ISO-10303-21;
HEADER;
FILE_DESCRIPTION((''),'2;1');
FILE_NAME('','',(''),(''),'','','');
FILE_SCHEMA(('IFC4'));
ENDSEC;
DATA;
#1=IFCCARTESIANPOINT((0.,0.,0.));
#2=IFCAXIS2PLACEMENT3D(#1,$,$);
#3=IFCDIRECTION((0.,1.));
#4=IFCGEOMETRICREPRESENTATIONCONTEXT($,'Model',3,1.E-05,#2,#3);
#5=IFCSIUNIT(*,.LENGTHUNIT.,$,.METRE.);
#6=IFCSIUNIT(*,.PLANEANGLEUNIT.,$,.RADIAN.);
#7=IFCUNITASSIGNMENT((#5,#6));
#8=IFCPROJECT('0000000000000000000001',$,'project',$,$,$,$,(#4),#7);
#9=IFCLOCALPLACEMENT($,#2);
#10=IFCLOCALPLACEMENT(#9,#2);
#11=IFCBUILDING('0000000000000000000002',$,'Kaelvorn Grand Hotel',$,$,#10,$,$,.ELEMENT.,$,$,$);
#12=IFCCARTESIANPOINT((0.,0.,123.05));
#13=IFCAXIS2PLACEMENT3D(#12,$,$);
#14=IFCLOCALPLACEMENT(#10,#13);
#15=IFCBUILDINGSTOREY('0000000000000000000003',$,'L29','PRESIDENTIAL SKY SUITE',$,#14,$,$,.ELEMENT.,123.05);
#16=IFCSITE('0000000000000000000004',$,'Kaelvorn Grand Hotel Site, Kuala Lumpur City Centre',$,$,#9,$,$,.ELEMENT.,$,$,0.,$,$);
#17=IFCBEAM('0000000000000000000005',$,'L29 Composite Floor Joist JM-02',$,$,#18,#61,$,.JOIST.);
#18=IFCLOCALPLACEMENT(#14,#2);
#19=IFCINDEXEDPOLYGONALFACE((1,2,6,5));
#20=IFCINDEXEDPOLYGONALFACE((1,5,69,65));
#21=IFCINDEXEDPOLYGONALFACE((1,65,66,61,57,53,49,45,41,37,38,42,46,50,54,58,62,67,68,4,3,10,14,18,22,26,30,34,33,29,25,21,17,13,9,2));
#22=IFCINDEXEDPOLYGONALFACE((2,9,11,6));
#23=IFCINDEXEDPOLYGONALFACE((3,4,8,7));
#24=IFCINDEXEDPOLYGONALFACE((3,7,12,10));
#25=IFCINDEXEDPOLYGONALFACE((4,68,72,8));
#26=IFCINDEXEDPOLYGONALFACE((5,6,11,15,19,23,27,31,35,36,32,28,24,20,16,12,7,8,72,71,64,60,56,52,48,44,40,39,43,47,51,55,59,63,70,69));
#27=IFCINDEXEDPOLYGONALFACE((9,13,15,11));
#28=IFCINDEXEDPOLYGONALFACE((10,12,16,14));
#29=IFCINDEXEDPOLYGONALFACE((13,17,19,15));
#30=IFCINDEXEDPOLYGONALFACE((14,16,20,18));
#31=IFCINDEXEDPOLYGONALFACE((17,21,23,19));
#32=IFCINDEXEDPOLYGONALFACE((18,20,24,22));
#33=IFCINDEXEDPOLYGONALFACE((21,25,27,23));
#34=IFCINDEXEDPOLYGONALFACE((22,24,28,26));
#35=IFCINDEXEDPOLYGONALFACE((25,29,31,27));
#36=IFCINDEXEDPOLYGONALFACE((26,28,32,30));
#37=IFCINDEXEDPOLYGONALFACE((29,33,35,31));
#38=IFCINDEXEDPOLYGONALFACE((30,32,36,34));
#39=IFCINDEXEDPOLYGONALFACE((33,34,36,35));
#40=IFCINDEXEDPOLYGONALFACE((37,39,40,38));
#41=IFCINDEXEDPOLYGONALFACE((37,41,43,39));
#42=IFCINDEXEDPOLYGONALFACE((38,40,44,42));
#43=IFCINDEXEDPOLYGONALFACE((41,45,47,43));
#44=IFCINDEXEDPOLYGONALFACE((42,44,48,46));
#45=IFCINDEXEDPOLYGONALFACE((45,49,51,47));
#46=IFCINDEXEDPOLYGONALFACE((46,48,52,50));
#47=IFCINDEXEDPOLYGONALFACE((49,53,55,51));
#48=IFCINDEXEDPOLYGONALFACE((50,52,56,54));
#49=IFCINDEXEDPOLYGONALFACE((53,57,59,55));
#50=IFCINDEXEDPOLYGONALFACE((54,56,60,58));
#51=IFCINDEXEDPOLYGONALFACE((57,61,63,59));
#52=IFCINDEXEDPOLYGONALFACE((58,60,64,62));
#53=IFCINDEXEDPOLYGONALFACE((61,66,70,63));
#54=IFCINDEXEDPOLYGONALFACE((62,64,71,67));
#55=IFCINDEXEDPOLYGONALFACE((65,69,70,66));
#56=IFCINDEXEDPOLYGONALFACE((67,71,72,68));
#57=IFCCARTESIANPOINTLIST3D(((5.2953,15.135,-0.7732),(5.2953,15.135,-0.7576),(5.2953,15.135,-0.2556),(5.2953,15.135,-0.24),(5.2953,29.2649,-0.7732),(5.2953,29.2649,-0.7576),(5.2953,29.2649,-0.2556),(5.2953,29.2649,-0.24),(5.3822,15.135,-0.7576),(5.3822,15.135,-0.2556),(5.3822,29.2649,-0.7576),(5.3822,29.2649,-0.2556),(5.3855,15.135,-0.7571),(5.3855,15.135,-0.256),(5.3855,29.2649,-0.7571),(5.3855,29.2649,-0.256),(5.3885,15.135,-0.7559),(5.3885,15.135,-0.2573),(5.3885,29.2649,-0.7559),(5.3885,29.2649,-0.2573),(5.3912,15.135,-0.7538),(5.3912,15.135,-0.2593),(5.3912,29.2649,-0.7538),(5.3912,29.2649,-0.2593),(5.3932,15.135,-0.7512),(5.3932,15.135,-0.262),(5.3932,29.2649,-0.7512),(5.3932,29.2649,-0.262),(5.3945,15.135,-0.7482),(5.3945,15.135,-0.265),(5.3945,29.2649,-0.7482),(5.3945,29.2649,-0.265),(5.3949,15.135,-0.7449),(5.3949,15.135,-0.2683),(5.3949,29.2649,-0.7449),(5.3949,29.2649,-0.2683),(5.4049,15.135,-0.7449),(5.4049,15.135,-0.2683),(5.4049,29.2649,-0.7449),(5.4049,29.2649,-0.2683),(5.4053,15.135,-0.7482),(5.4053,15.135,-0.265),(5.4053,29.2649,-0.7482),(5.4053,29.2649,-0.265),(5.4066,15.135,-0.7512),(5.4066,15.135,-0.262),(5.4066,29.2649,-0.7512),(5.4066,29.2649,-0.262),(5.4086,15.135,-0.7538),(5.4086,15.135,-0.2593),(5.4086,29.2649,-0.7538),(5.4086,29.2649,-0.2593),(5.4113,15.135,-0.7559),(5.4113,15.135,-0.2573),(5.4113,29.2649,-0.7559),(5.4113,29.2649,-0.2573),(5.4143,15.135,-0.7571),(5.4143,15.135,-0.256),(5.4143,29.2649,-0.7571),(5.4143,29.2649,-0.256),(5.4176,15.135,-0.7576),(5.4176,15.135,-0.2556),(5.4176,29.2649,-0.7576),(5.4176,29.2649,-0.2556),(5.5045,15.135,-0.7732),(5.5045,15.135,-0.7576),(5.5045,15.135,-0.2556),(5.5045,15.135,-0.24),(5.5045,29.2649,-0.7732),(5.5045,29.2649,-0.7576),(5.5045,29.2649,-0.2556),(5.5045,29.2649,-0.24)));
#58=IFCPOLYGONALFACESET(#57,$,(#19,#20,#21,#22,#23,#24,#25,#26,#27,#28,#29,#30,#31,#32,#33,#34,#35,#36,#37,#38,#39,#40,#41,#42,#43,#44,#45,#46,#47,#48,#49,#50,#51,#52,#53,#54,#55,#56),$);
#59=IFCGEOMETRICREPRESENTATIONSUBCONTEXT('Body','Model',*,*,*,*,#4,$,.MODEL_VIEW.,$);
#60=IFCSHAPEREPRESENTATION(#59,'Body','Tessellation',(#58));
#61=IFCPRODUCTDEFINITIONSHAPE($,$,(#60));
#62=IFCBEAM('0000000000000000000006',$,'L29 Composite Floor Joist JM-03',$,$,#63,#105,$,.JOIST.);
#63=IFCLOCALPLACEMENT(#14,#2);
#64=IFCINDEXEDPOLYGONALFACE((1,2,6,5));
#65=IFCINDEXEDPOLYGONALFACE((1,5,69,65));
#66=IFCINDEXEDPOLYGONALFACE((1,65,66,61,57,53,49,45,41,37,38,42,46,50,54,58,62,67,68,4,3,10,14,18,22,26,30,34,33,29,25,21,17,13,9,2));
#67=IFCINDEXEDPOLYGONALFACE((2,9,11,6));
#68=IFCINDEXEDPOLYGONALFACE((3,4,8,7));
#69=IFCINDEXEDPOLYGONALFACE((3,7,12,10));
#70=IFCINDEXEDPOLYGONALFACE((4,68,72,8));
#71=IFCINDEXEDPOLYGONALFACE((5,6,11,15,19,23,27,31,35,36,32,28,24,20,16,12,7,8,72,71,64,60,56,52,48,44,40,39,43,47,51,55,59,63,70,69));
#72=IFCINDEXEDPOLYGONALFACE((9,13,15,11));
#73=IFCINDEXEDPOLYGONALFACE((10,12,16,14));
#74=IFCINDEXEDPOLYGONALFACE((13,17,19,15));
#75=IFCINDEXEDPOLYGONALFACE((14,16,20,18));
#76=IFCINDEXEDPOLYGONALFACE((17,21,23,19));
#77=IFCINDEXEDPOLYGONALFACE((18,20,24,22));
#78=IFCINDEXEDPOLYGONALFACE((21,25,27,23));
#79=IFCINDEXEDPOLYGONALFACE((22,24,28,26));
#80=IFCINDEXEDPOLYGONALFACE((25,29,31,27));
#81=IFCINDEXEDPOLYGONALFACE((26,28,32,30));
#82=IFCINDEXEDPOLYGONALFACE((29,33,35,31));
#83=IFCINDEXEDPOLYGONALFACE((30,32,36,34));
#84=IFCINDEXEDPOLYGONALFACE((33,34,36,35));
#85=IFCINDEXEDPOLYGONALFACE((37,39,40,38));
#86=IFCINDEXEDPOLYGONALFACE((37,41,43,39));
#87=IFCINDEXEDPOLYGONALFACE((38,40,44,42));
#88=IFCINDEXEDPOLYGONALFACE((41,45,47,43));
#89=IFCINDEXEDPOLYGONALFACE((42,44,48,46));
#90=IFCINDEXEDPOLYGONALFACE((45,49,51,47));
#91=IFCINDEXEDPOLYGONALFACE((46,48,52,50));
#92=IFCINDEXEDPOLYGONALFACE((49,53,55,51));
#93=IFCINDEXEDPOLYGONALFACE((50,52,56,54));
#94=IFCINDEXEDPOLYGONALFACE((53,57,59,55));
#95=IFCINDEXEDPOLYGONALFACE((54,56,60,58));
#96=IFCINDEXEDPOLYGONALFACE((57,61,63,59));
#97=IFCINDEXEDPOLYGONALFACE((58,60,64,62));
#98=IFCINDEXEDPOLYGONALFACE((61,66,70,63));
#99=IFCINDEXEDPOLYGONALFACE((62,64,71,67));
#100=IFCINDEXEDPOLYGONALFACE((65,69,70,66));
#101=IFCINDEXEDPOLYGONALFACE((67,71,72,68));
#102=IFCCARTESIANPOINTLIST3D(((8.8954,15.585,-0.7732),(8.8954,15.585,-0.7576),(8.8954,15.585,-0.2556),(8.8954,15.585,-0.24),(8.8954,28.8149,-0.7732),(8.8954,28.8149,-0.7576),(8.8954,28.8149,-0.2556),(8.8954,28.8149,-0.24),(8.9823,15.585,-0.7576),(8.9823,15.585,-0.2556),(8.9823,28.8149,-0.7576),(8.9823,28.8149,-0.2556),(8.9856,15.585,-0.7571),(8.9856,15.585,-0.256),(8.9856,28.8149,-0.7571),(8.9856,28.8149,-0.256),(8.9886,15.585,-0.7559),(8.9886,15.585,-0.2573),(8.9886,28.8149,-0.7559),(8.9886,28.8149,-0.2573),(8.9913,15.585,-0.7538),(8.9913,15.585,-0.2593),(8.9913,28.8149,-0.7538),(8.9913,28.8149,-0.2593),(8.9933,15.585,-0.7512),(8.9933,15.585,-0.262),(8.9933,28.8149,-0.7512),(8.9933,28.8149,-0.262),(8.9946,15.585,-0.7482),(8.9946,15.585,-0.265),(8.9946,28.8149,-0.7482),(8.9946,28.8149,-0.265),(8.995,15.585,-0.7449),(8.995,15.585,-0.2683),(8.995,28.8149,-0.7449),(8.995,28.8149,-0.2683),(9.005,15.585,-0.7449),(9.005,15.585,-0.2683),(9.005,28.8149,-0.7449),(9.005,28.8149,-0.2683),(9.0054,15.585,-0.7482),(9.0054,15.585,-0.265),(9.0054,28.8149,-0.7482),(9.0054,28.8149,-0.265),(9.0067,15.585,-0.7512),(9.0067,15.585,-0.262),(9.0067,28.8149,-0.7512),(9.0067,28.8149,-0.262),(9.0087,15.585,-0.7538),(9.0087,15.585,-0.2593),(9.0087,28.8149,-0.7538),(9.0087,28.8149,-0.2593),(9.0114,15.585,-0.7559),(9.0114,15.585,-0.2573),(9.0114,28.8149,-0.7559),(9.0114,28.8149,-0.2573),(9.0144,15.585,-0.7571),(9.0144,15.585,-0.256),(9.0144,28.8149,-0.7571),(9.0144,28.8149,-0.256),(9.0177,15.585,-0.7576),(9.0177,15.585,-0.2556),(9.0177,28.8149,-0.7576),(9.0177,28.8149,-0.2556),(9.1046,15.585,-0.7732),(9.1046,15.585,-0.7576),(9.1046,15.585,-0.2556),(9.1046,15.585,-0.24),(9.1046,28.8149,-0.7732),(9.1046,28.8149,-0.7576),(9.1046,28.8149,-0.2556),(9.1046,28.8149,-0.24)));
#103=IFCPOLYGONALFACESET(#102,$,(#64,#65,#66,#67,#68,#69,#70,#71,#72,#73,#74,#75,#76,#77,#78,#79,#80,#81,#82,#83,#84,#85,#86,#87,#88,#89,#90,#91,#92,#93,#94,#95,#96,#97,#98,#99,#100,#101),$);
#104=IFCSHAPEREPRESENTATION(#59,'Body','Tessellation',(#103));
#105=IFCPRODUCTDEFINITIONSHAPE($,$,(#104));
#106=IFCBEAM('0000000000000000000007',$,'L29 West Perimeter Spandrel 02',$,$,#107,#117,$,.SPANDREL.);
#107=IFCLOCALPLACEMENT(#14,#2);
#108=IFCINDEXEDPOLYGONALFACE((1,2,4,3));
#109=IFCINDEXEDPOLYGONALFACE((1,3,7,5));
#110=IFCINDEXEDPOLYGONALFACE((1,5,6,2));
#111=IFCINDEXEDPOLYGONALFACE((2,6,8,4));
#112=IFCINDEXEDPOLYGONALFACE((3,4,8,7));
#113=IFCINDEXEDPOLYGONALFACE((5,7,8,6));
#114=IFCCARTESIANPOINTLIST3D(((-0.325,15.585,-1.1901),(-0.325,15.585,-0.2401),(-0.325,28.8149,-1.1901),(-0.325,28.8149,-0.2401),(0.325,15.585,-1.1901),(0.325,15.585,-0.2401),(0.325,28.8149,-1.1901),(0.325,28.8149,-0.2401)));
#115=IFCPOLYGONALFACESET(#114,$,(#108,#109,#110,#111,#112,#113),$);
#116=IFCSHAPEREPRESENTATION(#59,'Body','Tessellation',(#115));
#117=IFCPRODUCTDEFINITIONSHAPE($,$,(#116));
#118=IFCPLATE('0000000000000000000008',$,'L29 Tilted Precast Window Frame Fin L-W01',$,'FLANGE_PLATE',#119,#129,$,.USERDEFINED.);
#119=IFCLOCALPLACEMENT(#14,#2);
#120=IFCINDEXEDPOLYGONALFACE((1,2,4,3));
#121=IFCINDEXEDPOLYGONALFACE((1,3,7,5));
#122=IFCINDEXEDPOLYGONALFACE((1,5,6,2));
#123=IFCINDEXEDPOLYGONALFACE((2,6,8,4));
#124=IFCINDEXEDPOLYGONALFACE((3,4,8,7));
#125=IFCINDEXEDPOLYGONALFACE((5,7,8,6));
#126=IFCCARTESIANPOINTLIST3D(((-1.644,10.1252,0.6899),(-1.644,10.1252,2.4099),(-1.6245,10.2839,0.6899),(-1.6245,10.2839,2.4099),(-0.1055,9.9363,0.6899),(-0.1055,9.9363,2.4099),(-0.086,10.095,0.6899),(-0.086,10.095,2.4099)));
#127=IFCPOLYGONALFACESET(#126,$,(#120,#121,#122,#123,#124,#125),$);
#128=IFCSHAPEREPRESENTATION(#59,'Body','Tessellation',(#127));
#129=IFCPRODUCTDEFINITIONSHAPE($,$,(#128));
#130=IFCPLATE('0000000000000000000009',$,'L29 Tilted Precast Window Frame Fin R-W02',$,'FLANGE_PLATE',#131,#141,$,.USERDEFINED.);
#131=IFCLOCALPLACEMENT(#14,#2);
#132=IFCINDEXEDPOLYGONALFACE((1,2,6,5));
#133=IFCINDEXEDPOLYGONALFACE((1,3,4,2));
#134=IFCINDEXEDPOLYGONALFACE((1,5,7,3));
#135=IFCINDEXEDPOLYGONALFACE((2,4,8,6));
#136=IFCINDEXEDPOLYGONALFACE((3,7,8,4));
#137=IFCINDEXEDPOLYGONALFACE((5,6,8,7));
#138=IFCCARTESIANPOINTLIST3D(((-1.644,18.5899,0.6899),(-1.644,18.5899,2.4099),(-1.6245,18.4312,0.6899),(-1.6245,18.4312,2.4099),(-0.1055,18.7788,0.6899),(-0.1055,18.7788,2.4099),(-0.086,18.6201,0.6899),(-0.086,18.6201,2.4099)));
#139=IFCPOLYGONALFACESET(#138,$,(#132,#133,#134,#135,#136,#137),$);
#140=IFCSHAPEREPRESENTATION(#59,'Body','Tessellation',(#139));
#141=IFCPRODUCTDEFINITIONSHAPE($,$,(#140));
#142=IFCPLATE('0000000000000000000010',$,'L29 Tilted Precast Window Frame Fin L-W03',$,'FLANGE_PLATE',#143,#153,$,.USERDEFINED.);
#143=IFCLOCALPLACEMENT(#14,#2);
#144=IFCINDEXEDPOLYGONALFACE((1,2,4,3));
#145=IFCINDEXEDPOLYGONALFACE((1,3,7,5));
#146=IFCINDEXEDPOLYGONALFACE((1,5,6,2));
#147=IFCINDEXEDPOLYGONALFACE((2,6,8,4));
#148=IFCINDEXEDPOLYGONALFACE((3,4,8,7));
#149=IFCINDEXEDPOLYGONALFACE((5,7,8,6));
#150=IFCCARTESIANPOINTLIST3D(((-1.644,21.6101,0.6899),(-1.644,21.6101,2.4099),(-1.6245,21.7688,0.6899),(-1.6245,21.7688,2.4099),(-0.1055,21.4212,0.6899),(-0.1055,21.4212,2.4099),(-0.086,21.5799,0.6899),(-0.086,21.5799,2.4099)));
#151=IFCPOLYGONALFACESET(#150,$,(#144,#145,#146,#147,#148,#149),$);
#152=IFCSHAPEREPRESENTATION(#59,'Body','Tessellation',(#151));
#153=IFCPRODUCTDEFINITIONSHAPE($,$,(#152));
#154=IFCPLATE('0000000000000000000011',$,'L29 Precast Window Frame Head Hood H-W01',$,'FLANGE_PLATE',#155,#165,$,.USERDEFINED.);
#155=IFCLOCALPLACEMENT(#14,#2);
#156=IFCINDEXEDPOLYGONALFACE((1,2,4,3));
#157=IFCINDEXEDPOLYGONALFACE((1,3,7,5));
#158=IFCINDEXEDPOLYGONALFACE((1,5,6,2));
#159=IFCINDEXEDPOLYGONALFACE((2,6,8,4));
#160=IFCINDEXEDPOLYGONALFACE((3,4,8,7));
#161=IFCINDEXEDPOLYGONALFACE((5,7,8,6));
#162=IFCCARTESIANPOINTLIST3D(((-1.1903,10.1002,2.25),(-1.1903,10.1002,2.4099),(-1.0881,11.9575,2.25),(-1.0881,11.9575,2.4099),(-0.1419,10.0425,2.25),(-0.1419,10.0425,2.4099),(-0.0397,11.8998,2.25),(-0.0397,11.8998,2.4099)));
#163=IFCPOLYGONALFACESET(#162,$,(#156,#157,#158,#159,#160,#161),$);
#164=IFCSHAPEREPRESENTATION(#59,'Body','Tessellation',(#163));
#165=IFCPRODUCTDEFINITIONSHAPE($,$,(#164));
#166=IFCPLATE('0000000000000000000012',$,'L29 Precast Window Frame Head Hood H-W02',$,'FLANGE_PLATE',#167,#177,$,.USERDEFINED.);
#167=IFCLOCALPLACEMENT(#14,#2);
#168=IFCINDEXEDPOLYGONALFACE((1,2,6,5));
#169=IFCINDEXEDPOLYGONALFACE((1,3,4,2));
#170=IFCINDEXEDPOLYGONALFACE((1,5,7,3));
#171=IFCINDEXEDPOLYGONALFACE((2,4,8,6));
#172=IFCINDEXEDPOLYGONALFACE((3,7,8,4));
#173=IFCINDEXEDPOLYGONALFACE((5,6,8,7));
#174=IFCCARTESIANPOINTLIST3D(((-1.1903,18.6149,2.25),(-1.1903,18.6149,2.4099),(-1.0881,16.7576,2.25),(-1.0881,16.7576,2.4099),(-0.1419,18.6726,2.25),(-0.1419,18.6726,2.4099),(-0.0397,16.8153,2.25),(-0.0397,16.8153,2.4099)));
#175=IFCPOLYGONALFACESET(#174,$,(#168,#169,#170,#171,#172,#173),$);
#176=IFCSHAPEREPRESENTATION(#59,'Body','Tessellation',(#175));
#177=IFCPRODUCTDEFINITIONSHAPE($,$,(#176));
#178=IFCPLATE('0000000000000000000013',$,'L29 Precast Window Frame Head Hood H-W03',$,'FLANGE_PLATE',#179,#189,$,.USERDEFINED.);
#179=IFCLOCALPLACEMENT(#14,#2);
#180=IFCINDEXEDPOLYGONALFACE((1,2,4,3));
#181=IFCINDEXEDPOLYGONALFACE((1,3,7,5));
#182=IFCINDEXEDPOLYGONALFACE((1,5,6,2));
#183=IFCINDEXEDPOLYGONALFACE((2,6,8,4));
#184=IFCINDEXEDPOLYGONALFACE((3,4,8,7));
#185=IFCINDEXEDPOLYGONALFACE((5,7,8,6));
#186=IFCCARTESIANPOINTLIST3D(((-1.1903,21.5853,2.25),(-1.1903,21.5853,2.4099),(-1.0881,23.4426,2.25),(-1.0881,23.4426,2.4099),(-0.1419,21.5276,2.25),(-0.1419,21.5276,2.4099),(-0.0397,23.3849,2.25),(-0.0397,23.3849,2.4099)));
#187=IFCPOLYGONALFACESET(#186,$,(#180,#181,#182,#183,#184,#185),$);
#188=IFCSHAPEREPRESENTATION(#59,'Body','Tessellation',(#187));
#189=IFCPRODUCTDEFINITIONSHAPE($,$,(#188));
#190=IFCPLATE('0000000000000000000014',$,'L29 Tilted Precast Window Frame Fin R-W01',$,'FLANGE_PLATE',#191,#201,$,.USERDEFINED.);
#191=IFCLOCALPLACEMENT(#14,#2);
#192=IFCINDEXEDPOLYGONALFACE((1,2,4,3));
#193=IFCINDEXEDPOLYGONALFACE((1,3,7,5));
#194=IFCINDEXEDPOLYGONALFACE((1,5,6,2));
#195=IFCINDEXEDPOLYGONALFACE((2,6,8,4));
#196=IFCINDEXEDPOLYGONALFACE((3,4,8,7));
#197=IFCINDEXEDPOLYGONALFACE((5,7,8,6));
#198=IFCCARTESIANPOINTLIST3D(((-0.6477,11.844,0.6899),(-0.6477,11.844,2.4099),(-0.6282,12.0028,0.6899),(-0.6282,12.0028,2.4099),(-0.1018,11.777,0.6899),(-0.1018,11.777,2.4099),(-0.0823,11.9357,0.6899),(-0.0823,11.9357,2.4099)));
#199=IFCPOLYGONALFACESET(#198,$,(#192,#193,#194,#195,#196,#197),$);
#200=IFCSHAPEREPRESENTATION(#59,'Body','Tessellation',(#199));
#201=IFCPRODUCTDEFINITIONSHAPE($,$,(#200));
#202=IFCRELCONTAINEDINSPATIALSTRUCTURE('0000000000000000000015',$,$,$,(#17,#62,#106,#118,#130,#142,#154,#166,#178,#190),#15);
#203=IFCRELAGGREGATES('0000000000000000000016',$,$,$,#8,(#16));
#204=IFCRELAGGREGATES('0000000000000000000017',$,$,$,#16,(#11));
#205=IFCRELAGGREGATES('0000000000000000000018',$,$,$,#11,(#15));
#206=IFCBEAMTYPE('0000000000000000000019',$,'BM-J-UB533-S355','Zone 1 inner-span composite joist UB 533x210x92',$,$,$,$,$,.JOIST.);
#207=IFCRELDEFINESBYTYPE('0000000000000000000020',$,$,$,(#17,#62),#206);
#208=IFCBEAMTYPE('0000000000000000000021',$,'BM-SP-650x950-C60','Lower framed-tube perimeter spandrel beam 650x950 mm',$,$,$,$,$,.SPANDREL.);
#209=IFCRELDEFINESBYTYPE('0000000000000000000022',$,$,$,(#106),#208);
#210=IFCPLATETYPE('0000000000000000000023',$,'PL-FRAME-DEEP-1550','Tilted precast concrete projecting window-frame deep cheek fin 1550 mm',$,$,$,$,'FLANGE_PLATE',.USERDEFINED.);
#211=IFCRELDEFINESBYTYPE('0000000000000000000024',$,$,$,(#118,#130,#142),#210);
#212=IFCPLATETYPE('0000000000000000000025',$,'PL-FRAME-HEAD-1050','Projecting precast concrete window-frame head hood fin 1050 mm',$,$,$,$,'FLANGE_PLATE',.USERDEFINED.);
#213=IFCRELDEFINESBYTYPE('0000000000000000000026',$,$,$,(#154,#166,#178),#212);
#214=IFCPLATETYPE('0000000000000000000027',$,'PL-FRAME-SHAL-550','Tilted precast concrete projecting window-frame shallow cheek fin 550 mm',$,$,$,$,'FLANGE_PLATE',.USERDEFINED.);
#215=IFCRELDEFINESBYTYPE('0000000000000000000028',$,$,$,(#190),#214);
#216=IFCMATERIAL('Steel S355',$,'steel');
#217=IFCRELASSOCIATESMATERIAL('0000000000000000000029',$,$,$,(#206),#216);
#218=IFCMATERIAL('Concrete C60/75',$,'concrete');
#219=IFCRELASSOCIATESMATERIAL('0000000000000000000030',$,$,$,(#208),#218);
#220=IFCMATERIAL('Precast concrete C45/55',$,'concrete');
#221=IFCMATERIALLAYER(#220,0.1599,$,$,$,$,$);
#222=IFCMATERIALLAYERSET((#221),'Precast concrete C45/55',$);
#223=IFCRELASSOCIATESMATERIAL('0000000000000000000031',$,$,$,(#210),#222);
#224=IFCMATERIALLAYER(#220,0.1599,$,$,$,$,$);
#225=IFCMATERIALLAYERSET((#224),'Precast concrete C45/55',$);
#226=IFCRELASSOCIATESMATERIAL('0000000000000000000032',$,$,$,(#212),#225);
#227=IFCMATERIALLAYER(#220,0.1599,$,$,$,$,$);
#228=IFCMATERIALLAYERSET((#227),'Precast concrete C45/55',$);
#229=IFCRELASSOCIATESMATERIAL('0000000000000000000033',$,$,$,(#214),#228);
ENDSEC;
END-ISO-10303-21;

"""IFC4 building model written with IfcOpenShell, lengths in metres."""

from ifc_helpers import new_model, si_unit, direction, frame, origin, origin_2d, place, context, subcontext, project, spatial, rectangle, i_section, extrude, material, layer, layer_set, material_profile, profile_set, type_object, element, save


model = new_model("IFC4")

# Units and contexts
model_context = context("Model", 3, precision=1e-05, world=origin(), true_north=direction((0.0, 1.0)))
body_context = subcontext(model_context, "Body", "Model", "MODEL_VIEW")
ifc_project = project(units=[si_unit("LENGTHUNIT", "METRE"), si_unit("PLANEANGLEUNIT", "RADIAN")], contexts=[model_context])

# Site, building, storey
site_placement = place(None, origin())
site = spatial("IfcSite", under=ifc_project, at=site_placement, Name="Kaelvorn Grand Hotel Site, Kuala Lumpur City Centre", CompositionType="ELEMENT", RefElevation=0.0)
building_placement = place(site_placement, origin())
building = spatial("IfcBuilding", under=site, at=building_placement, Name="Kaelvorn Grand Hotel", CompositionType="ELEMENT")
storey_placement = place(building_placement, frame((0.0, 0.0, 123.05)))
storey = spatial("IfcBuildingStorey", under=building, at=storey_placement, Name="L29", Description="PRESIDENTIAL SKY SUITE", CompositionType="ELEMENT", Elevation=123.05)

# Shared definitions
ifc_material_1 = material(Name="Concrete C60/75", Category="concrete")

# Beams
ifc_material_2 = material(Name="Steel S355", Category="steel")
ifc_material_profile_1 = material_profile(ifc_material_2, i_section(OverallWidth=0.2092, OverallDepth=0.5332, WebThickness=0.01, FlangeThickness=0.0156, FilletRadius=0.0127, at=origin_2d()), Name="UB 533x210x92")
ifc_profile_set_1 = profile_set([ifc_material_profile_1], Name="Steel S355")
beam_type_1 = type_object("IfcBeamType", Name="BM-J-UB533-S355", Description="Zone 1 inner-span composite joist UB 533x210x92", PredefinedType="JOIST", material=ifc_profile_set_1)
beam_1_placement = place(storey_placement, frame((5.3999, 15.135, -0.5066), z_axis=(0.0, 1.0, 0.0), x_axis=(-1.0, 0.0, 0.0)))
element("IfcBeam", 1, at=beam_1_placement, inside=storey, type_object=beam_type_1, Name="L29 Composite Floor Joist JM-02", PredefinedType="JOIST", context=body_context, shape_type="SweptSolid", body=[
    extrude(i_section(OverallWidth=0.2092, OverallDepth=0.5332, WebThickness=0.01, FlangeThickness=0.0156, FilletRadius=0.0127, at=origin_2d()), origin(), (0.0, 0.0, 1.0), 14.1299),
])
beam_2_placement = place(storey_placement, frame((9.0, 15.585, -0.5066), z_axis=(0.0, 1.0, 0.0), x_axis=(-1.0, 0.0, 0.0)))
element("IfcBeam", 2, at=beam_2_placement, inside=storey, type_object=beam_type_1, Name="L29 Composite Floor Joist JM-03", PredefinedType="JOIST", context=body_context, shape_type="SweptSolid", body=[
    extrude(i_section(OverallWidth=0.2092, OverallDepth=0.5332, WebThickness=0.01, FlangeThickness=0.0156, FilletRadius=0.0127, at=origin_2d()), origin(), (0.0, 0.0, 1.0), 13.23),
])
ifc_material_profile_2 = material_profile(ifc_material_1, rectangle(XDim=0.6499, YDim=0.95, at=origin_2d()), Name="RC SPANDREL 650x950")
ifc_profile_set_2 = profile_set([ifc_material_profile_2], Name="Concrete C60/75")
beam_type_2 = type_object("IfcBeamType", Name="BM-SP-650x950-C60", Description="Lower framed-tube perimeter spandrel beam 650x950 mm", PredefinedType="SPANDREL", material=ifc_profile_set_2)
beam_3_placement = place(storey_placement, frame((0.0, 15.585, -0.7151), z_axis=(0.0, 1.0, 0.0), x_axis=(-1.0, 0.0, 0.0)))
element("IfcBeam", 3, at=beam_3_placement, inside=storey, type_object=beam_type_2, Name="L29 West Perimeter Spandrel 02", PredefinedType="SPANDREL", context=body_context, shape_type="SweptSolid", body=[
    extrude(rectangle(XDim=0.6499, YDim=0.95, at=origin_2d()), origin(), (0.0, 0.0, 1.0), 13.23),
])

# Plates
ifc_material_3 = material(Name="Precast concrete C45/55", Category="concrete")
ifc_layer_1 = layer(ifc_material_3, 0.1599)
ifc_layer_set_1 = layer_set([ifc_layer_1], Name="Precast concrete C45/55")
plate_type_1 = type_object("IfcPlateType", Name="PL-FRAME-DEEP-1550", Description="Tilted precast concrete projecting window-frame deep cheek fin 1550 mm", ElementType="FLANGE_PLATE", PredefinedType="USERDEFINED", material=ifc_layer_set_1)
for number, where, z_axis, x_axis, name in (
    (4, (-0.865, 10.1101, 0.6899), (0.0, 0.0, 1.0), (0.121869, 0.992546, 0.0), "L29 Tilted Precast Window Frame Fin L-W01"),
    (5, (-0.865, 18.605, 0.6899), (0.0, 0.0, 1.0), (-0.121869, 0.992546, 0.0), "L29 Tilted Precast Window Frame Fin R-W02"),
    (6, (-0.865, 21.595, 0.6899), (0.0, 0.0, 1.0), (0.121869, 0.992546, 0.0), "L29 Tilted Precast Window Frame Fin L-W03"),
):
    element("IfcPlate", number, at=place(storey_placement, frame(where, z_axis=z_axis, x_axis=x_axis)), inside=storey, type_object=plate_type_1, Name=name, ObjectType="FLANGE_PLATE", PredefinedType="USERDEFINED", context=body_context, shape_type="SweptSolid", body=[
        extrude(rectangle(XDim=0.1599, YDim=1.55, at=origin_2d()), origin(), (0.0, 0.0, 1.0), 1.72),
    ])
ifc_layer_2 = layer(ifc_material_3, 0.1599)
ifc_layer_set_2 = layer_set([ifc_layer_2], Name="Precast concrete C45/55")
plate_type_2 = type_object("IfcPlateType", Name="PL-FRAME-HEAD-1050", Description="Projecting precast concrete window-frame head hood fin 1050 mm", ElementType="FLANGE_PLATE", PredefinedType="USERDEFINED", material=ifc_layer_set_2)
for number, where, z_axis, x_axis, name in (
    (7, (-0.615, 11.0, 2.25), (0.0, 0.0, 1.0), (0.05495, 0.998489, 0.0), "L29 Precast Window Frame Head Hood H-W01"),
    (8, (-0.615, 17.7151, 2.25), (0.0, 0.0, 1.0), (-0.05495, 0.998489, 0.0), "L29 Precast Window Frame Head Hood H-W02"),
    (9, (-0.615, 22.4851, 2.25), (0.0, 0.0, 1.0), (0.05495, 0.998489, 0.0), "L29 Precast Window Frame Head Hood H-W03"),
):
    element("IfcPlate", number, at=place(storey_placement, frame(where, z_axis=z_axis, x_axis=x_axis)), inside=storey, type_object=plate_type_2, Name=name, ObjectType="FLANGE_PLATE", PredefinedType="USERDEFINED", context=body_context, shape_type="SweptSolid", body=[
        extrude(rectangle(XDim=1.8601, YDim=1.05, at=origin_2d()), origin(), (0.0, 0.0, 1.0), 0.1599),
    ])
ifc_layer_3 = layer(ifc_material_3, 0.1599)
ifc_layer_set_3 = layer_set([ifc_layer_3], Name="Precast concrete C45/55")
plate_type_3 = type_object("IfcPlateType", Name="PL-FRAME-SHAL-550", Description="Tilted precast concrete projecting window-frame shallow cheek fin 550 mm", ElementType="FLANGE_PLATE", PredefinedType="USERDEFINED", material=ifc_layer_set_3)
for number, where, z_axis, x_axis, name in (
    (10, (-0.365, 11.8899, 0.6899), (0.0, 0.0, 1.0), (0.121869, 0.992546, 0.0), "L29 Tilted Precast Window Frame Fin R-W01"),
):
    element("IfcPlate", number, at=place(storey_placement, frame(where, z_axis=z_axis, x_axis=x_axis)), inside=storey, type_object=plate_type_3, Name=name, ObjectType="FLANGE_PLATE", PredefinedType="USERDEFINED", context=body_context, shape_type="SweptSolid", body=[
        extrude(rectangle(XDim=0.1599, YDim=0.55, at=origin_2d()), origin(), (0.0, 0.0, 1.0), 1.72),
    ])

save(model, "model.ifc")
